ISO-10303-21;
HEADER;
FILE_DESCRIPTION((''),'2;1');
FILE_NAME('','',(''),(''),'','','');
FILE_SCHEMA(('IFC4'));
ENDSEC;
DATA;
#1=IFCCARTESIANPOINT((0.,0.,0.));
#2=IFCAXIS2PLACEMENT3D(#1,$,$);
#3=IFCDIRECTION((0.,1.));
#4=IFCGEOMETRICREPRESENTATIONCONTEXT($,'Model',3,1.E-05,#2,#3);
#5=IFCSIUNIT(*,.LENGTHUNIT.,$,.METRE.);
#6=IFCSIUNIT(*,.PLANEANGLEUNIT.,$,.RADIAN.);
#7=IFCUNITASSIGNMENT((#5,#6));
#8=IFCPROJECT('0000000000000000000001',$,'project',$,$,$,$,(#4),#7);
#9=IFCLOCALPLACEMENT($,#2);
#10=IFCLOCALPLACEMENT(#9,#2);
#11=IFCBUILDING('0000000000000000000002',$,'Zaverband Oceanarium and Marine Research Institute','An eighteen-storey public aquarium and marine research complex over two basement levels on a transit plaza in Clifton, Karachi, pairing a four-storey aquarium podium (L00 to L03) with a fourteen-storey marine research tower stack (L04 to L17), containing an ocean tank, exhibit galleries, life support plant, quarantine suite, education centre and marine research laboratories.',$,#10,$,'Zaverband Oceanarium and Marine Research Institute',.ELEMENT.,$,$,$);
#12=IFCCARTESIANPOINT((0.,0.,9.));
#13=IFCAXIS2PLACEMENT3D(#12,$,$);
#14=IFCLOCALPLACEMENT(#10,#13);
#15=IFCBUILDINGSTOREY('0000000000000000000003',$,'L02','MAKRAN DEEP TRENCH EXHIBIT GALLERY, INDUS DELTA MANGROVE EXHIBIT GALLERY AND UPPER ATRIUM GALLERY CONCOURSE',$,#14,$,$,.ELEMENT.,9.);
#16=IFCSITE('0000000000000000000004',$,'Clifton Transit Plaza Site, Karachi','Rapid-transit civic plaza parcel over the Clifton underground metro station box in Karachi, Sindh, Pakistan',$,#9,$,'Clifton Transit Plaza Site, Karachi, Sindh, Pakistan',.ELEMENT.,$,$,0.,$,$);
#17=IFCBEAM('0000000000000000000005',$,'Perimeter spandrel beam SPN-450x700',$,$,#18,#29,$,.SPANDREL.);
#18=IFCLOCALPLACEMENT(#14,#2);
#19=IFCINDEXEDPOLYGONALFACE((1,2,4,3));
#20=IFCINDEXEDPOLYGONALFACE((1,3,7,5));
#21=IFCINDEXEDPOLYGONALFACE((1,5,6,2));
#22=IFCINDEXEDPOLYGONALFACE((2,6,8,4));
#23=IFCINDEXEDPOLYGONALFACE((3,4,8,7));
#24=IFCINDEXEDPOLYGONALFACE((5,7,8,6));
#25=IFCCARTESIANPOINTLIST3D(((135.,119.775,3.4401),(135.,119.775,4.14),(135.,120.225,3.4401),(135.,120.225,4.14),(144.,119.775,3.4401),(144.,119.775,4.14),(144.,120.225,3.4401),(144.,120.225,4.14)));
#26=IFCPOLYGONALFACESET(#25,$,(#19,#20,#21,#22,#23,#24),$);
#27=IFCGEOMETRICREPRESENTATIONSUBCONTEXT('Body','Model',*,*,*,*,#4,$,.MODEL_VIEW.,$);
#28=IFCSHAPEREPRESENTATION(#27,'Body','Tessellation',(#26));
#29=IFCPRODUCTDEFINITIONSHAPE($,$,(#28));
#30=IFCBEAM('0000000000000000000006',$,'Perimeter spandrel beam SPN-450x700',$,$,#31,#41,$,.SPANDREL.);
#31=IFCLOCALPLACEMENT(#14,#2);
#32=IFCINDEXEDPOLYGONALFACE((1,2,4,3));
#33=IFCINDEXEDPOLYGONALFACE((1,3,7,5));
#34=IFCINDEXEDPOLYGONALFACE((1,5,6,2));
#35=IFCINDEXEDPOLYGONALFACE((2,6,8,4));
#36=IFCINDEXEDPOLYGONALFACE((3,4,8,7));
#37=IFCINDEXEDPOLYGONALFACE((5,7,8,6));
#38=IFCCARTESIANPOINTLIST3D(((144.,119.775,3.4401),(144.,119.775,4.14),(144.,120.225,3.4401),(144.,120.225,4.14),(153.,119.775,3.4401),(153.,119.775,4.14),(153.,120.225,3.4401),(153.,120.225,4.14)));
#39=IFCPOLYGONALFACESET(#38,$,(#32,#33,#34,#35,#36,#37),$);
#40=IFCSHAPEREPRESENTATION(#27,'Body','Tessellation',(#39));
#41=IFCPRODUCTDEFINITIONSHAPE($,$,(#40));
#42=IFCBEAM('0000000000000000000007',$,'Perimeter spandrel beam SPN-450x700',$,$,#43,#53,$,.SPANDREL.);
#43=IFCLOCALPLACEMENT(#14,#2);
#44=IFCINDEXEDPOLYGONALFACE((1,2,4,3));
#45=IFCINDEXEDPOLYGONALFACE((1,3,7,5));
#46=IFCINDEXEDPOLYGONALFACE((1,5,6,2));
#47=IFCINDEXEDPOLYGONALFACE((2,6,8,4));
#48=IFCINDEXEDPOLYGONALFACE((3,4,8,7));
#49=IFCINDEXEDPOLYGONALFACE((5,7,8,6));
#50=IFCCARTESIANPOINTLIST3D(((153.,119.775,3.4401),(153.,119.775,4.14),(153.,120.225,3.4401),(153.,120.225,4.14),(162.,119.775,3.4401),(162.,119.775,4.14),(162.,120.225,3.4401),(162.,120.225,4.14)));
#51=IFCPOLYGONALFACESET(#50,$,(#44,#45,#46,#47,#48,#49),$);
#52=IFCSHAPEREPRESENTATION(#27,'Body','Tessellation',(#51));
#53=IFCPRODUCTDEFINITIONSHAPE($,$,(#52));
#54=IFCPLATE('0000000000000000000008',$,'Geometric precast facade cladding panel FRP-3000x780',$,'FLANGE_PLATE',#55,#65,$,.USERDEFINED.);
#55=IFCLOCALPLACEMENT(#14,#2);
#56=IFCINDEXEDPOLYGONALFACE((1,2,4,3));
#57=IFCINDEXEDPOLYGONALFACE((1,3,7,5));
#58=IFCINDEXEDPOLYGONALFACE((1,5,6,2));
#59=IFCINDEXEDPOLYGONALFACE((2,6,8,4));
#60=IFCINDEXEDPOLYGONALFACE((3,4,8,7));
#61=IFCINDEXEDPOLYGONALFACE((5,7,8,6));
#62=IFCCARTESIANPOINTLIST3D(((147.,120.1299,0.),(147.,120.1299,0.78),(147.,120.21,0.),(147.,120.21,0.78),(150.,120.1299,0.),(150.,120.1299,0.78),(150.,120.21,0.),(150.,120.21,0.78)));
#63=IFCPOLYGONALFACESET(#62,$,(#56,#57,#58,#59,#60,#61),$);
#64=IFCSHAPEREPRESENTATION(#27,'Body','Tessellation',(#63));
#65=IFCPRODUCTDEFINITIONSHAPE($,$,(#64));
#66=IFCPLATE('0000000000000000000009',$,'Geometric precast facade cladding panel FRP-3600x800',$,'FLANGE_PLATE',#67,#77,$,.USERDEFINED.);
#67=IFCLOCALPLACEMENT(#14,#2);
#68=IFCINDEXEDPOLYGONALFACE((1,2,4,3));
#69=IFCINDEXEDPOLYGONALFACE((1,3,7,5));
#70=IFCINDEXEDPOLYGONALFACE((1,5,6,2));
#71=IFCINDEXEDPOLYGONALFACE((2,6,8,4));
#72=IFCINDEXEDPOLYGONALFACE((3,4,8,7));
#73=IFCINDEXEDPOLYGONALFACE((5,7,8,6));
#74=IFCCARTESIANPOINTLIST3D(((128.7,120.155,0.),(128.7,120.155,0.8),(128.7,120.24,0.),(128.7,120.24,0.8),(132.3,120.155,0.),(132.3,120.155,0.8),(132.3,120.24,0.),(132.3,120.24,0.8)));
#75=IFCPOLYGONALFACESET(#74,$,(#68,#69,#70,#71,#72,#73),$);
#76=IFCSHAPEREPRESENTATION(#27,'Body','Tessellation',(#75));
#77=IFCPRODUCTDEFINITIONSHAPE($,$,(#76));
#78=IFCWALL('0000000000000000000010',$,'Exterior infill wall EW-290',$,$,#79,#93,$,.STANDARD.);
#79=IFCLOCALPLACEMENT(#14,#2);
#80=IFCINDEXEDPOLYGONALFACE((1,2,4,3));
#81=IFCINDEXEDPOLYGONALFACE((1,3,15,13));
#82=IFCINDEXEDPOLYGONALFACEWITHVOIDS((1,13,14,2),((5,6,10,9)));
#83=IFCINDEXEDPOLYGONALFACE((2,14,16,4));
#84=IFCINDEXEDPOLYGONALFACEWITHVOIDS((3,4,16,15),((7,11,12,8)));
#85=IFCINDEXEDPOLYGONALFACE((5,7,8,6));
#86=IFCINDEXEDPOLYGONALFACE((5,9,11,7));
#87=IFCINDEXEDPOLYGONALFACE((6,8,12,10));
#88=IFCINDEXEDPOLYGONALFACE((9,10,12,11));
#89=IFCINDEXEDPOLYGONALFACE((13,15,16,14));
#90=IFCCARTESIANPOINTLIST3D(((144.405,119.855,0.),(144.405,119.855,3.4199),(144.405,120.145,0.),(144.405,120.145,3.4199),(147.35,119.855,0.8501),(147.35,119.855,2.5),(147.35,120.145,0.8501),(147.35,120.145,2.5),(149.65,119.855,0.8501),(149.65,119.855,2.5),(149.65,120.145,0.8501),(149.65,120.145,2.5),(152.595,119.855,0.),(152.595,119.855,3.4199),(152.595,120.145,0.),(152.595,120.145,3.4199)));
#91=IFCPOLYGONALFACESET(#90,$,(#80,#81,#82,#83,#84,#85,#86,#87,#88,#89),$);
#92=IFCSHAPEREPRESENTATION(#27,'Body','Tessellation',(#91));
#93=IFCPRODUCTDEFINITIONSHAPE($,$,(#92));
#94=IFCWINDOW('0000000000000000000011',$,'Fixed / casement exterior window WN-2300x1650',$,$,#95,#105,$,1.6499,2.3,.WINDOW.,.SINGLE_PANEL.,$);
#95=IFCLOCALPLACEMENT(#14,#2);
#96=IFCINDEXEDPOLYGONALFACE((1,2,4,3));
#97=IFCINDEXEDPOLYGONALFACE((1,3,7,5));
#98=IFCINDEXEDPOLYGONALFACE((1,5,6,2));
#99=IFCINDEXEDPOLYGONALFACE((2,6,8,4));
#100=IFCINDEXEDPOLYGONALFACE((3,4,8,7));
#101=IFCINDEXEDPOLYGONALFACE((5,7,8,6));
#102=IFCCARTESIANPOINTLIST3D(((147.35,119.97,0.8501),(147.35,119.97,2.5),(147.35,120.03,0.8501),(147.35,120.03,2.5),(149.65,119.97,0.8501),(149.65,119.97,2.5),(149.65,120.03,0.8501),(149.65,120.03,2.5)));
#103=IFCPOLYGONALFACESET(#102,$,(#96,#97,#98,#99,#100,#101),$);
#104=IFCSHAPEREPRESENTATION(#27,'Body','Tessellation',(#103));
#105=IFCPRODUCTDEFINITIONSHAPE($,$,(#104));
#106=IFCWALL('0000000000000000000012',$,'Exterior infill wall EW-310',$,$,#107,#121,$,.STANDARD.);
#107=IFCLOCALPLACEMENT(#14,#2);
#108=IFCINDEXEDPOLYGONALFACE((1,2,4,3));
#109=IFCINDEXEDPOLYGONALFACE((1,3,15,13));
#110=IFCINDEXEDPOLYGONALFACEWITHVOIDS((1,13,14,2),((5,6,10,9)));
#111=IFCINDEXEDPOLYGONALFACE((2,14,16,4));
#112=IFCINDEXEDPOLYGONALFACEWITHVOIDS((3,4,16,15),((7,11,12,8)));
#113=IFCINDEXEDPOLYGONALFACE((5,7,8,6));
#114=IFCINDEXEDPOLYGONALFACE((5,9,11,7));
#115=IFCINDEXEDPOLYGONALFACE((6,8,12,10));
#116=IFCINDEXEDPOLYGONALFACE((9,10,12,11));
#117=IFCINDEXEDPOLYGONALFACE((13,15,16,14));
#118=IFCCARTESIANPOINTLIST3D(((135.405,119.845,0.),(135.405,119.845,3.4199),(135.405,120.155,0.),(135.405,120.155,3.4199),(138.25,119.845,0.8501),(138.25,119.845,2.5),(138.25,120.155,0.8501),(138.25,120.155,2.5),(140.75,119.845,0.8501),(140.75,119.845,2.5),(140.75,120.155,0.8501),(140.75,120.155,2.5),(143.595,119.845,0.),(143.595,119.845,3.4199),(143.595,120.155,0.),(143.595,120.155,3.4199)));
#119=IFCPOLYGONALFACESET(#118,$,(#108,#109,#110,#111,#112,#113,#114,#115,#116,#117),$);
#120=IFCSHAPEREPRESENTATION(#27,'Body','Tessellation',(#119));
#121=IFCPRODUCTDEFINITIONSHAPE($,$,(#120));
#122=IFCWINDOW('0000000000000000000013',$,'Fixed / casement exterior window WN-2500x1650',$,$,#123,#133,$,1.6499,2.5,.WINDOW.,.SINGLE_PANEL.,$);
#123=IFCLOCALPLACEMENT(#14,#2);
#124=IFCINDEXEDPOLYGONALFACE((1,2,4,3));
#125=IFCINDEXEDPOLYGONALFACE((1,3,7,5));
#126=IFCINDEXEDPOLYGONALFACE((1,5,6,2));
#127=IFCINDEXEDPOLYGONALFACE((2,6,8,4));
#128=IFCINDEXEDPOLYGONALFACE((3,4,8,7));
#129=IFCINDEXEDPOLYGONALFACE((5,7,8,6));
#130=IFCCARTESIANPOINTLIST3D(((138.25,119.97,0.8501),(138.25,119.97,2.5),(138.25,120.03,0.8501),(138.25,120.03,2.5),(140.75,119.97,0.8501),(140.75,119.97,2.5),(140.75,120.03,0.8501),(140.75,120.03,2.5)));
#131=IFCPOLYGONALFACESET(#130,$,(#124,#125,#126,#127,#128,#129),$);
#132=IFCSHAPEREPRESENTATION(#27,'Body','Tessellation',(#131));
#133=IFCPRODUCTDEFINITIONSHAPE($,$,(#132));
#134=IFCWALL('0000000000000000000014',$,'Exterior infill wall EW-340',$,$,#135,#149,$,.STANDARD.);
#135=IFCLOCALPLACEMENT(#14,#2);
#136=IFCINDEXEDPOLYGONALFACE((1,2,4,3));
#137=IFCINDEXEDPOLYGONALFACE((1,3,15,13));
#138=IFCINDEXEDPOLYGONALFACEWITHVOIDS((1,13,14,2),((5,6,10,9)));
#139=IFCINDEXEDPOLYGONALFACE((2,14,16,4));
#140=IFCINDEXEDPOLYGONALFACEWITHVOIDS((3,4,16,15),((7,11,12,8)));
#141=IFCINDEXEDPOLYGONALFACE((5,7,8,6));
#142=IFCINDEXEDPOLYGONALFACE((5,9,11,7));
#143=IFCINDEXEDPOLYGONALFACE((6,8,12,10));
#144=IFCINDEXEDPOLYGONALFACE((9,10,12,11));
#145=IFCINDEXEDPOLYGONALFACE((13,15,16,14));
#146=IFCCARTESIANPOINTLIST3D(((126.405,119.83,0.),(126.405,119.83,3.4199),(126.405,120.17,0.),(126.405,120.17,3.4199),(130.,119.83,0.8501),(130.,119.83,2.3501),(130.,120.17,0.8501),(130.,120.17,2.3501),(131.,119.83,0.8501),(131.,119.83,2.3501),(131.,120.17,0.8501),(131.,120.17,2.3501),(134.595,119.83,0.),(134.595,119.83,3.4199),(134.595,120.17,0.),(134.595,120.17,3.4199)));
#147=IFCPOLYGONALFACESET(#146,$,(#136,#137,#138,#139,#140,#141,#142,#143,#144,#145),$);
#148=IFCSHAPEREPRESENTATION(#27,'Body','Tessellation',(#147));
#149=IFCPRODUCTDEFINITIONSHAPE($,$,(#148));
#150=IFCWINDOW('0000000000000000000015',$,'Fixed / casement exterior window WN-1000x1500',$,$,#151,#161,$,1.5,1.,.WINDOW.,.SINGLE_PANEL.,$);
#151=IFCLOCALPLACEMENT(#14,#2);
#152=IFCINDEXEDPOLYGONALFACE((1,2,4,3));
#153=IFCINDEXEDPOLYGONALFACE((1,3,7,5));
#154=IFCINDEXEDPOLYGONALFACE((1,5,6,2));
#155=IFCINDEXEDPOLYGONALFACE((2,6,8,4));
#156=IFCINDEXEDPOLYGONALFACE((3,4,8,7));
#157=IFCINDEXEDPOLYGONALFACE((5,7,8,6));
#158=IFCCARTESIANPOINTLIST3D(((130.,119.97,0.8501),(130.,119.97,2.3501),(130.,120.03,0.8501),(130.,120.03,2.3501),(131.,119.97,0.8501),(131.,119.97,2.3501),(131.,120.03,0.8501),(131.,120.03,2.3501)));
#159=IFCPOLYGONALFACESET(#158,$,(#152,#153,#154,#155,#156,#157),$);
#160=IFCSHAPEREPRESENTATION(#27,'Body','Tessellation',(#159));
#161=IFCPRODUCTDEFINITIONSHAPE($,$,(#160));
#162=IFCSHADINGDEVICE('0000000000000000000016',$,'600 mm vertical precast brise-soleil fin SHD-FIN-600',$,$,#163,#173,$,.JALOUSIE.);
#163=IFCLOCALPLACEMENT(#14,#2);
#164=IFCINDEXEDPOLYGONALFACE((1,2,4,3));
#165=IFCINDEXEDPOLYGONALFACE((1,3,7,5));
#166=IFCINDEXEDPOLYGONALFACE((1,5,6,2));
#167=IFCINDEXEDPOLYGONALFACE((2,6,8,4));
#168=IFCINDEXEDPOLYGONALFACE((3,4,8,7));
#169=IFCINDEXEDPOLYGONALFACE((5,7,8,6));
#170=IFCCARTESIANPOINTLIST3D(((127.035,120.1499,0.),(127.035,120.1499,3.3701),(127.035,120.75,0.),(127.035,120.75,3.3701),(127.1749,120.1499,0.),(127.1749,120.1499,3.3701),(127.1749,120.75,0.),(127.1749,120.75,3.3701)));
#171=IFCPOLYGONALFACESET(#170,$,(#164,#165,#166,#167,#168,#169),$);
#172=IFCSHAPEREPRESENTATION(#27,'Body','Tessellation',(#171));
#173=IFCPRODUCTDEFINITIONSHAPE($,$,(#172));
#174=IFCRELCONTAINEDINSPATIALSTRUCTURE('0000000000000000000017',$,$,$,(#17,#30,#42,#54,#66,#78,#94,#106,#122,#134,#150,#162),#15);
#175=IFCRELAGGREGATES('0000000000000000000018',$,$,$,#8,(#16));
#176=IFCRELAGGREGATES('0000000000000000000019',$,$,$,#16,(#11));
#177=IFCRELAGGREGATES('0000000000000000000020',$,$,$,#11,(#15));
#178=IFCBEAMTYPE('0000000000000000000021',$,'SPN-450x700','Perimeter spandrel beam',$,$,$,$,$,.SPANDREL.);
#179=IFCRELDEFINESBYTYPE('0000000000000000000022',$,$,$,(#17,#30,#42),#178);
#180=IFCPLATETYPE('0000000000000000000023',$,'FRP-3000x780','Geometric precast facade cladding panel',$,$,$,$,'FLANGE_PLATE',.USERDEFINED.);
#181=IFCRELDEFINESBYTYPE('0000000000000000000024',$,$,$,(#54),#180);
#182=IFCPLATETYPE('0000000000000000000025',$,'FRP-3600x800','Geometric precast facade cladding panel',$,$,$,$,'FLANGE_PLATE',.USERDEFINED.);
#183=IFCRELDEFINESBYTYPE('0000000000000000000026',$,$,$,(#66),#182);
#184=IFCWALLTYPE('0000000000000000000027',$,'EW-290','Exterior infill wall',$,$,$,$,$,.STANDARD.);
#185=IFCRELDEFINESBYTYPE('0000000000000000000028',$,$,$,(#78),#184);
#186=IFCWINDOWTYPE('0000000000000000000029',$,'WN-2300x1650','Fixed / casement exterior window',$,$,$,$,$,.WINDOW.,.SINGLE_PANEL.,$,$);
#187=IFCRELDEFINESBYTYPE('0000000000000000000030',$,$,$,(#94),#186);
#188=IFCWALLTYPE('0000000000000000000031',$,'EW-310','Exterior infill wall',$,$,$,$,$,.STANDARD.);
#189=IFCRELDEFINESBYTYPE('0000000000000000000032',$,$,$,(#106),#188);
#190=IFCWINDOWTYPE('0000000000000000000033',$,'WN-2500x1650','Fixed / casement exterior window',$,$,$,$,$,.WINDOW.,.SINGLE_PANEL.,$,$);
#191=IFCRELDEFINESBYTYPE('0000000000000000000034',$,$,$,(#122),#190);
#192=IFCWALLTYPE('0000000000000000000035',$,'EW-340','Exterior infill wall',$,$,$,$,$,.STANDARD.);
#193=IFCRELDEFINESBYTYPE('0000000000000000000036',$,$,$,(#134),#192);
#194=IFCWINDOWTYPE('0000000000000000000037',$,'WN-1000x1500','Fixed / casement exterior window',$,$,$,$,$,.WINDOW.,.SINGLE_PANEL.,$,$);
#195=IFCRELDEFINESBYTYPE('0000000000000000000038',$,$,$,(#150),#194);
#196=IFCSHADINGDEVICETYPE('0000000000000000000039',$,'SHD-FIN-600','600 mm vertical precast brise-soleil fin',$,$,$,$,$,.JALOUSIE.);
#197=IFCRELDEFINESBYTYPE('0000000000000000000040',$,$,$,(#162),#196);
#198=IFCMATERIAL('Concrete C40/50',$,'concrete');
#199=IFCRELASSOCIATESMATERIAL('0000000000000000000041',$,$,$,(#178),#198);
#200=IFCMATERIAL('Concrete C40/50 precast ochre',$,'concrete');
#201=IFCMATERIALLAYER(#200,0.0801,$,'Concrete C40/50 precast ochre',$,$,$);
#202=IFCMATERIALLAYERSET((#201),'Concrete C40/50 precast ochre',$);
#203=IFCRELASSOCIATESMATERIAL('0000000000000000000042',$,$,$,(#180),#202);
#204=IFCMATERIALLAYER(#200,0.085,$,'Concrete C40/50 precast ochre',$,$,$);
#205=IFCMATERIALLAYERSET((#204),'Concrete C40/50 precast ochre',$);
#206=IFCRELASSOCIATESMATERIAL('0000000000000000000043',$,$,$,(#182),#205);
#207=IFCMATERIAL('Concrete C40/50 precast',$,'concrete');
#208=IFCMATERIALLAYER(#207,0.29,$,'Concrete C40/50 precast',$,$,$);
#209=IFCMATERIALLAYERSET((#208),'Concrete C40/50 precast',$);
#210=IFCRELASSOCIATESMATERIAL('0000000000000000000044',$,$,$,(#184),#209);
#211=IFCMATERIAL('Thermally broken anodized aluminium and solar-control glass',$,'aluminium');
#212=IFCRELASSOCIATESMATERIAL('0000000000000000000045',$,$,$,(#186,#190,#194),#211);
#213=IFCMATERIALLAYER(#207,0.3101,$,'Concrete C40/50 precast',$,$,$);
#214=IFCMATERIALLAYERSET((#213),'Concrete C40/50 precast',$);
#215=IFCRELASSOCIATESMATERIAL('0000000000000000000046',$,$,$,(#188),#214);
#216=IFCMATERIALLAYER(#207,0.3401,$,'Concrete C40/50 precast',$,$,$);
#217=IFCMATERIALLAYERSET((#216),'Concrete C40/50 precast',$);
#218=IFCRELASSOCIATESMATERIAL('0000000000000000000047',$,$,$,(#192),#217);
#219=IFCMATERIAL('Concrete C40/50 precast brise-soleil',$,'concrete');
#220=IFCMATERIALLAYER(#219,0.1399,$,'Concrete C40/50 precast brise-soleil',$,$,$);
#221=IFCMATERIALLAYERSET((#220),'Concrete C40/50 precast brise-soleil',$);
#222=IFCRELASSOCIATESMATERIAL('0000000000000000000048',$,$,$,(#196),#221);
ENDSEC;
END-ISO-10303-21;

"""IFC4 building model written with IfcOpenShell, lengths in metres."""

from ifc_helpers import new_model, si_unit, direction, frame, frame_2d, origin, origin_2d, place, context, subcontext, project, spatial, rectangle, extrude, material, layer, layer_set, material_profile, profile_set, type_object, element, fill, save


model = new_model("IFC4")

# Units and contexts
model_context = context("Model", 3, precision=1e-05, world=origin(), true_north=direction((0.0, 1.0)))
body_context = subcontext(model_context, "Body", "Model", "MODEL_VIEW")
ifc_project = project(units=[si_unit("LENGTHUNIT", "METRE"), si_unit("PLANEANGLEUNIT", "RADIAN")], contexts=[model_context])

# Site, building, storey
site_placement = place(None, origin())
site = spatial("IfcSite", under=ifc_project, at=site_placement, Name="Clifton Transit Plaza Site, Karachi", Description="Rapid-transit civic plaza parcel over the Clifton underground metro station box in Karachi, Sindh, Pakistan", LongName="Clifton Transit Plaza Site, Karachi, Sindh, Pakistan", CompositionType="ELEMENT", RefElevation=0.0)
building_placement = place(site_placement, origin())
building = spatial("IfcBuilding", under=site, at=building_placement, Name="Zaverband Oceanarium and Marine Research Institute", Description="An eighteen-storey public aquarium and marine research complex over two basement levels on a transit plaza in Clifton, Karachi, pairing a four-storey aquarium podium (L00 to L03) with a fourteen-storey marine research tower stack (L04 to L17), containing an ocean tank, exhibit galleries, life support plant, quarantine suite, education centre and marine research laboratories.", LongName="Zaverband Oceanarium and Marine Research Institute", CompositionType="ELEMENT")
storey_placement = place(building_placement, frame((0.0, 0.0, 9.0)))
storey = spatial("IfcBuildingStorey", under=building, at=storey_placement, Name="L02", Description="MAKRAN DEEP TRENCH EXHIBIT GALLERY, INDUS DELTA MANGROVE EXHIBIT GALLERY AND UPPER ATRIUM GALLERY CONCOURSE", CompositionType="ELEMENT", Elevation=9.0)

# Beams
ifc_material_1 = material(Name="Concrete C40/50", Category="concrete")
ifc_material_profile_1 = material_profile(ifc_material_1, rectangle(XDim=0.45, YDim=0.7, at=origin_2d()), Name="RC450x700")
ifc_profile_set_1 = profile_set([ifc_material_profile_1], Name="Concrete C40/50")
beam_type_1 = type_object("IfcBeamType", Name="SPN-450x700", Description="Perimeter spandrel beam", PredefinedType="SPANDREL", material=ifc_profile_set_1)
for number, where, z_axis, x_axis, name in (
    (1, (135.0, 120.0, 3.79), (1.0, 0.0, 0.0), (0.0, 1.0, 0.0), "Perimeter spandrel beam SPN-450x700"),
    (2, (144.0, 120.0, 3.79), (1.0, 0.0, 0.0), (0.0, 1.0, 0.0), "Perimeter spandrel beam SPN-450x700"),
    (3, (153.0, 120.0, 3.79), (1.0, 0.0, 0.0), (0.0, 1.0, 0.0), "Perimeter spandrel beam SPN-450x700"),
):
    element("IfcBeam", number, at=place(storey_placement, frame(where, z_axis=z_axis, x_axis=x_axis)), inside=storey, type_object=beam_type_1, Name=name, PredefinedType="SPANDREL", context=body_context, shape_type="SweptSolid", body=[
        extrude(rectangle(XDim=0.45, YDim=0.7, at=origin_2d()), origin(), (0.0, 0.0, 1.0), 9.0),
    ])

# Plates
ifc_material_2 = material(Name="Concrete C40/50 precast ochre", Category="concrete")
ifc_layer_1 = layer(ifc_material_2, 0.0801, Name="Concrete C40/50 precast ochre")
ifc_layer_set_1 = layer_set([ifc_layer_1], Name="Concrete C40/50 precast ochre")
plate_type_1 = type_object("IfcPlateType", Name="FRP-3000x780", Description="Geometric precast facade cladding panel", ElementType="FLANGE_PLATE", PredefinedType="USERDEFINED", material=ifc_layer_set_1)
plate_1_placement = place(storey_placement, frame((147.0, 120.1699, 0.0), z_axis=(0.0, 0.0, 1.0), x_axis=(1.0, 0.0, 0.0)))
element("IfcPlate", 4, at=plate_1_placement, inside=storey, type_object=plate_type_1, Name="Geometric precast facade cladding panel FRP-3000x780", ObjectType="FLANGE_PLATE", PredefinedType="USERDEFINED", context=body_context, shape_type="SweptSolid", body=[
    extrude(rectangle(XDim=3.0, YDim=0.0801, at=frame_2d((1.5, 0.0))), origin(), (0.0, 0.0, 1.0), 0.78),
])
ifc_layer_2 = layer(ifc_material_2, 0.085, Name="Concrete C40/50 precast ochre")
ifc_layer_set_2 = layer_set([ifc_layer_2], Name="Concrete C40/50 precast ochre")
plate_type_2 = type_object("IfcPlateType", Name="FRP-3600x800", Description="Geometric precast facade cladding panel", ElementType="FLANGE_PLATE", PredefinedType="USERDEFINED", material=ifc_layer_set_2)
plate_2_placement = place(storey_placement, frame((128.7, 120.1975, 0.0), z_axis=(0.0, 0.0, 1.0), x_axis=(1.0, 0.0, 0.0)))
element("IfcPlate", 5, at=plate_2_placement, inside=storey, type_object=plate_type_2, Name="Geometric precast facade cladding panel FRP-3600x800", ObjectType="FLANGE_PLATE", PredefinedType="USERDEFINED", context=body_context, shape_type="SweptSolid", body=[
    extrude(rectangle(XDim=3.6001, YDim=0.085, at=frame_2d((1.8, 0.0))), origin(), (0.0, 0.0, 1.0), 0.8),
])

# Walls, openings, windows
ifc_material_3 = material(Name="Concrete C40/50 precast", Category="concrete")
ifc_layer_3 = layer(ifc_material_3, 0.29, Name="Concrete C40/50 precast")
ifc_layer_set_3 = layer_set([ifc_layer_3], Name="Concrete C40/50 precast")
wall_type_1 = type_object("IfcWallType", Name="EW-290", Description="Exterior infill wall", PredefinedType="STANDARD", material=ifc_layer_set_3)
wall_1_placement = place(storey_placement, frame((144.405, 120.0, 0.0), z_axis=(0.0, 0.0, 1.0), x_axis=(1.0, 0.0, 0.0)))
wall_1 = element("IfcWall", 6, at=wall_1_placement, inside=storey, type_object=wall_type_1, Name="Exterior infill wall EW-290", PredefinedType="STANDARD", context=body_context, shape_type="SweptSolid", body=[
    extrude(rectangle(XDim=8.1899, YDim=0.29, at=frame_2d((4.095, 0.0))), origin(), (0.0, 0.0, 1.0), 3.4199),
])
opening_1_placement = place(wall_1_placement, frame((2.9451, 0.0, 0.8501)))
opening_1 = element("IfcOpeningElement", 7, at=opening_1_placement, cuts=wall_1, PredefinedType="OPENING", context=body_context, shape_type="SweptSolid", body=[
    extrude(rectangle(XDim=2.3, YDim=1.6499, at=frame_2d((1.1499, 0.825))), frame((0.0, 0.157, 0.0), z_axis=(0.0, -1.0, 0.0), x_axis=(1.0, 0.0, 0.0)), (0.0, 0.0, 1.0), 0.314),
])
ifc_material_4 = material(Name="Thermally broken anodized aluminium and solar-control glass", Category="aluminium")
window_type_1 = type_object("IfcWindowType", Name="WN-2300x1650", Description="Fixed / casement exterior window", PartitioningType="SINGLE_PANEL", PredefinedType="WINDOW", material=ifc_material_4)
window_1_placement = place(opening_1_placement, origin())
window_1 = element("IfcWindow", 8, at=window_1_placement, inside=storey, type_object=window_type_1, Name="Fixed / casement exterior window WN-2300x1650", OverallHeight=1.6499, OverallWidth=2.3, PartitioningType="SINGLE_PANEL", PredefinedType="WINDOW", context=body_context, shape_type="SweptSolid", body=[
    extrude(rectangle(XDim=2.3, YDim=1.6499, at=frame_2d((1.1499, 0.825))), frame((0.0, 0.03, 0.0), z_axis=(0.0, -1.0, 0.0), x_axis=(1.0, 0.0, 0.0)), (0.0, 0.0, 1.0), 0.0601),
])
fill(opening_1, window_1)
ifc_layer_4 = layer(ifc_material_3, 0.3101, Name="Concrete C40/50 precast")
ifc_layer_set_4 = layer_set([ifc_layer_4], Name="Concrete C40/50 precast")
wall_type_2 = type_object("IfcWallType", Name="EW-310", Description="Exterior infill wall", PredefinedType="STANDARD", material=ifc_layer_set_4)
wall_2_placement = place(storey_placement, frame((135.405, 120.0, 0.0), z_axis=(0.0, 0.0, 1.0), x_axis=(1.0, 0.0, 0.0)))
wall_2 = element("IfcWall", 9, at=wall_2_placement, inside=storey, type_object=wall_type_2, Name="Exterior infill wall EW-310", PredefinedType="STANDARD", context=body_context, shape_type="SweptSolid", body=[
    extrude(rectangle(XDim=8.1899, YDim=0.3101, at=frame_2d((4.095, 0.0))), origin(), (0.0, 0.0, 1.0), 3.4199),
])
opening_2_placement = place(wall_2_placement, frame((2.845, 0.0, 0.8501)))
opening_2 = element("IfcOpeningElement", 10, at=opening_2_placement, cuts=wall_2, PredefinedType="OPENING", context=body_context, shape_type="SweptSolid", body=[
    extrude(rectangle(XDim=2.5, YDim=1.6499, at=frame_2d((1.25, 0.825))), frame((0.0, 0.167, 0.0), z_axis=(0.0, -1.0, 0.0), x_axis=(1.0, 0.0, 0.0)), (0.0, 0.0, 1.0), 0.334),
])
window_type_2 = type_object("IfcWindowType", Name="WN-2500x1650", Description="Fixed / casement exterior window", PartitioningType="SINGLE_PANEL", PredefinedType="WINDOW", material=ifc_material_4)
window_2_placement = place(opening_2_placement, origin())
window_2 = element("IfcWindow", 11, at=window_2_placement, inside=storey, type_object=window_type_2, Name="Fixed / casement exterior window WN-2500x1650", OverallHeight=1.6499, OverallWidth=2.5, PartitioningType="SINGLE_PANEL", PredefinedType="WINDOW", context=body_context, shape_type="SweptSolid", body=[
    extrude(rectangle(XDim=2.5, YDim=1.6499, at=frame_2d((1.25, 0.825))), frame((0.0, 0.03, 0.0), z_axis=(0.0, -1.0, 0.0), x_axis=(1.0, 0.0, 0.0)), (0.0, 0.0, 1.0), 0.0601),
])
fill(opening_2, window_2)
ifc_layer_5 = layer(ifc_material_3, 0.3401, Name="Concrete C40/50 precast")
ifc_layer_set_5 = layer_set([ifc_layer_5], Name="Concrete C40/50 precast")
wall_type_3 = type_object("IfcWallType", Name="EW-340", Description="Exterior infill wall", PredefinedType="STANDARD", material=ifc_layer_set_5)
wall_3_placement = place(storey_placement, frame((126.405, 120.0, 0.0), z_axis=(0.0, 0.0, 1.0), x_axis=(1.0, 0.0, 0.0)))
wall_3 = element("IfcWall", 12, at=wall_3_placement, inside=storey, type_object=wall_type_3, Name="Exterior infill wall EW-340", PredefinedType="STANDARD", context=body_context, shape_type="SweptSolid", body=[
    extrude(rectangle(XDim=8.1899, YDim=0.3401, at=frame_2d((4.095, 0.0))), origin(), (0.0, 0.0, 1.0), 3.4199),
])
opening_3_placement = place(wall_3_placement, frame((3.595, 0.0, 0.8501)))
opening_3 = element("IfcOpeningElement", 13, at=opening_3_placement, cuts=wall_3, PredefinedType="OPENING", context=body_context, shape_type="SweptSolid", body=[
    extrude(rectangle(XDim=1.0, YDim=1.5, at=frame_2d((0.5, 0.75))), frame((0.0, 0.1821, 0.0), z_axis=(0.0, -1.0, 0.0), x_axis=(1.0, 0.0, 0.0)), (0.0, 0.0, 1.0), 0.364),
])
window_type_3 = type_object("IfcWindowType", Name="WN-1000x1500", Description="Fixed / casement exterior window", PartitioningType="SINGLE_PANEL", PredefinedType="WINDOW", material=ifc_material_4)
window_3_placement = place(opening_3_placement, origin())
window_3 = element("IfcWindow", 14, at=window_3_placement, inside=storey, type_object=window_type_3, Name="Fixed / casement exterior window WN-1000x1500", OverallHeight=1.5, OverallWidth=1.0, PartitioningType="SINGLE_PANEL", PredefinedType="WINDOW", context=body_context, shape_type="SweptSolid", body=[
    extrude(rectangle(XDim=1.0, YDim=1.5, at=frame_2d((0.5, 0.75))), frame((0.0, 0.03, 0.0), z_axis=(0.0, -1.0, 0.0), x_axis=(1.0, 0.0, 0.0)), (0.0, 0.0, 1.0), 0.0601),
])
fill(opening_3, window_3)

# Shading device
ifc_material_5 = material(Name="Concrete C40/50 precast brise-soleil", Category="concrete")
ifc_layer_6 = layer(ifc_material_5, 0.1399, Name="Concrete C40/50 precast brise-soleil")
ifc_layer_set_6 = layer_set([ifc_layer_6], Name="Concrete C40/50 precast brise-soleil")
shading_device_type = type_object("IfcShadingDeviceType", Name="SHD-FIN-600", Description="600 mm vertical precast brise-soleil fin", PredefinedType="JALOUSIE", material=ifc_layer_set_6)
for number, where, z_axis, x_axis, name in (
    (15, (127.105, 120.1499, 0.0), (0.0, 0.0, 1.0), (0.0, 1.0, 0.0), "600 mm vertical precast brise-soleil fin SHD-FIN-600"),
):
    element("IfcShadingDevice", number, at=place(storey_placement, frame(where, z_axis=z_axis, x_axis=x_axis)), inside=storey, type_object=shading_device_type, Name=name, PredefinedType="JALOUSIE", context=body_context, shape_type="SweptSolid", body=[
        extrude(rectangle(XDim=0.6001, YDim=0.1399, at=frame_2d((0.3, 0.0))), origin(), (0.0, 0.0, 1.0), 3.3701),
    ])

save(model, "model.ifc")
